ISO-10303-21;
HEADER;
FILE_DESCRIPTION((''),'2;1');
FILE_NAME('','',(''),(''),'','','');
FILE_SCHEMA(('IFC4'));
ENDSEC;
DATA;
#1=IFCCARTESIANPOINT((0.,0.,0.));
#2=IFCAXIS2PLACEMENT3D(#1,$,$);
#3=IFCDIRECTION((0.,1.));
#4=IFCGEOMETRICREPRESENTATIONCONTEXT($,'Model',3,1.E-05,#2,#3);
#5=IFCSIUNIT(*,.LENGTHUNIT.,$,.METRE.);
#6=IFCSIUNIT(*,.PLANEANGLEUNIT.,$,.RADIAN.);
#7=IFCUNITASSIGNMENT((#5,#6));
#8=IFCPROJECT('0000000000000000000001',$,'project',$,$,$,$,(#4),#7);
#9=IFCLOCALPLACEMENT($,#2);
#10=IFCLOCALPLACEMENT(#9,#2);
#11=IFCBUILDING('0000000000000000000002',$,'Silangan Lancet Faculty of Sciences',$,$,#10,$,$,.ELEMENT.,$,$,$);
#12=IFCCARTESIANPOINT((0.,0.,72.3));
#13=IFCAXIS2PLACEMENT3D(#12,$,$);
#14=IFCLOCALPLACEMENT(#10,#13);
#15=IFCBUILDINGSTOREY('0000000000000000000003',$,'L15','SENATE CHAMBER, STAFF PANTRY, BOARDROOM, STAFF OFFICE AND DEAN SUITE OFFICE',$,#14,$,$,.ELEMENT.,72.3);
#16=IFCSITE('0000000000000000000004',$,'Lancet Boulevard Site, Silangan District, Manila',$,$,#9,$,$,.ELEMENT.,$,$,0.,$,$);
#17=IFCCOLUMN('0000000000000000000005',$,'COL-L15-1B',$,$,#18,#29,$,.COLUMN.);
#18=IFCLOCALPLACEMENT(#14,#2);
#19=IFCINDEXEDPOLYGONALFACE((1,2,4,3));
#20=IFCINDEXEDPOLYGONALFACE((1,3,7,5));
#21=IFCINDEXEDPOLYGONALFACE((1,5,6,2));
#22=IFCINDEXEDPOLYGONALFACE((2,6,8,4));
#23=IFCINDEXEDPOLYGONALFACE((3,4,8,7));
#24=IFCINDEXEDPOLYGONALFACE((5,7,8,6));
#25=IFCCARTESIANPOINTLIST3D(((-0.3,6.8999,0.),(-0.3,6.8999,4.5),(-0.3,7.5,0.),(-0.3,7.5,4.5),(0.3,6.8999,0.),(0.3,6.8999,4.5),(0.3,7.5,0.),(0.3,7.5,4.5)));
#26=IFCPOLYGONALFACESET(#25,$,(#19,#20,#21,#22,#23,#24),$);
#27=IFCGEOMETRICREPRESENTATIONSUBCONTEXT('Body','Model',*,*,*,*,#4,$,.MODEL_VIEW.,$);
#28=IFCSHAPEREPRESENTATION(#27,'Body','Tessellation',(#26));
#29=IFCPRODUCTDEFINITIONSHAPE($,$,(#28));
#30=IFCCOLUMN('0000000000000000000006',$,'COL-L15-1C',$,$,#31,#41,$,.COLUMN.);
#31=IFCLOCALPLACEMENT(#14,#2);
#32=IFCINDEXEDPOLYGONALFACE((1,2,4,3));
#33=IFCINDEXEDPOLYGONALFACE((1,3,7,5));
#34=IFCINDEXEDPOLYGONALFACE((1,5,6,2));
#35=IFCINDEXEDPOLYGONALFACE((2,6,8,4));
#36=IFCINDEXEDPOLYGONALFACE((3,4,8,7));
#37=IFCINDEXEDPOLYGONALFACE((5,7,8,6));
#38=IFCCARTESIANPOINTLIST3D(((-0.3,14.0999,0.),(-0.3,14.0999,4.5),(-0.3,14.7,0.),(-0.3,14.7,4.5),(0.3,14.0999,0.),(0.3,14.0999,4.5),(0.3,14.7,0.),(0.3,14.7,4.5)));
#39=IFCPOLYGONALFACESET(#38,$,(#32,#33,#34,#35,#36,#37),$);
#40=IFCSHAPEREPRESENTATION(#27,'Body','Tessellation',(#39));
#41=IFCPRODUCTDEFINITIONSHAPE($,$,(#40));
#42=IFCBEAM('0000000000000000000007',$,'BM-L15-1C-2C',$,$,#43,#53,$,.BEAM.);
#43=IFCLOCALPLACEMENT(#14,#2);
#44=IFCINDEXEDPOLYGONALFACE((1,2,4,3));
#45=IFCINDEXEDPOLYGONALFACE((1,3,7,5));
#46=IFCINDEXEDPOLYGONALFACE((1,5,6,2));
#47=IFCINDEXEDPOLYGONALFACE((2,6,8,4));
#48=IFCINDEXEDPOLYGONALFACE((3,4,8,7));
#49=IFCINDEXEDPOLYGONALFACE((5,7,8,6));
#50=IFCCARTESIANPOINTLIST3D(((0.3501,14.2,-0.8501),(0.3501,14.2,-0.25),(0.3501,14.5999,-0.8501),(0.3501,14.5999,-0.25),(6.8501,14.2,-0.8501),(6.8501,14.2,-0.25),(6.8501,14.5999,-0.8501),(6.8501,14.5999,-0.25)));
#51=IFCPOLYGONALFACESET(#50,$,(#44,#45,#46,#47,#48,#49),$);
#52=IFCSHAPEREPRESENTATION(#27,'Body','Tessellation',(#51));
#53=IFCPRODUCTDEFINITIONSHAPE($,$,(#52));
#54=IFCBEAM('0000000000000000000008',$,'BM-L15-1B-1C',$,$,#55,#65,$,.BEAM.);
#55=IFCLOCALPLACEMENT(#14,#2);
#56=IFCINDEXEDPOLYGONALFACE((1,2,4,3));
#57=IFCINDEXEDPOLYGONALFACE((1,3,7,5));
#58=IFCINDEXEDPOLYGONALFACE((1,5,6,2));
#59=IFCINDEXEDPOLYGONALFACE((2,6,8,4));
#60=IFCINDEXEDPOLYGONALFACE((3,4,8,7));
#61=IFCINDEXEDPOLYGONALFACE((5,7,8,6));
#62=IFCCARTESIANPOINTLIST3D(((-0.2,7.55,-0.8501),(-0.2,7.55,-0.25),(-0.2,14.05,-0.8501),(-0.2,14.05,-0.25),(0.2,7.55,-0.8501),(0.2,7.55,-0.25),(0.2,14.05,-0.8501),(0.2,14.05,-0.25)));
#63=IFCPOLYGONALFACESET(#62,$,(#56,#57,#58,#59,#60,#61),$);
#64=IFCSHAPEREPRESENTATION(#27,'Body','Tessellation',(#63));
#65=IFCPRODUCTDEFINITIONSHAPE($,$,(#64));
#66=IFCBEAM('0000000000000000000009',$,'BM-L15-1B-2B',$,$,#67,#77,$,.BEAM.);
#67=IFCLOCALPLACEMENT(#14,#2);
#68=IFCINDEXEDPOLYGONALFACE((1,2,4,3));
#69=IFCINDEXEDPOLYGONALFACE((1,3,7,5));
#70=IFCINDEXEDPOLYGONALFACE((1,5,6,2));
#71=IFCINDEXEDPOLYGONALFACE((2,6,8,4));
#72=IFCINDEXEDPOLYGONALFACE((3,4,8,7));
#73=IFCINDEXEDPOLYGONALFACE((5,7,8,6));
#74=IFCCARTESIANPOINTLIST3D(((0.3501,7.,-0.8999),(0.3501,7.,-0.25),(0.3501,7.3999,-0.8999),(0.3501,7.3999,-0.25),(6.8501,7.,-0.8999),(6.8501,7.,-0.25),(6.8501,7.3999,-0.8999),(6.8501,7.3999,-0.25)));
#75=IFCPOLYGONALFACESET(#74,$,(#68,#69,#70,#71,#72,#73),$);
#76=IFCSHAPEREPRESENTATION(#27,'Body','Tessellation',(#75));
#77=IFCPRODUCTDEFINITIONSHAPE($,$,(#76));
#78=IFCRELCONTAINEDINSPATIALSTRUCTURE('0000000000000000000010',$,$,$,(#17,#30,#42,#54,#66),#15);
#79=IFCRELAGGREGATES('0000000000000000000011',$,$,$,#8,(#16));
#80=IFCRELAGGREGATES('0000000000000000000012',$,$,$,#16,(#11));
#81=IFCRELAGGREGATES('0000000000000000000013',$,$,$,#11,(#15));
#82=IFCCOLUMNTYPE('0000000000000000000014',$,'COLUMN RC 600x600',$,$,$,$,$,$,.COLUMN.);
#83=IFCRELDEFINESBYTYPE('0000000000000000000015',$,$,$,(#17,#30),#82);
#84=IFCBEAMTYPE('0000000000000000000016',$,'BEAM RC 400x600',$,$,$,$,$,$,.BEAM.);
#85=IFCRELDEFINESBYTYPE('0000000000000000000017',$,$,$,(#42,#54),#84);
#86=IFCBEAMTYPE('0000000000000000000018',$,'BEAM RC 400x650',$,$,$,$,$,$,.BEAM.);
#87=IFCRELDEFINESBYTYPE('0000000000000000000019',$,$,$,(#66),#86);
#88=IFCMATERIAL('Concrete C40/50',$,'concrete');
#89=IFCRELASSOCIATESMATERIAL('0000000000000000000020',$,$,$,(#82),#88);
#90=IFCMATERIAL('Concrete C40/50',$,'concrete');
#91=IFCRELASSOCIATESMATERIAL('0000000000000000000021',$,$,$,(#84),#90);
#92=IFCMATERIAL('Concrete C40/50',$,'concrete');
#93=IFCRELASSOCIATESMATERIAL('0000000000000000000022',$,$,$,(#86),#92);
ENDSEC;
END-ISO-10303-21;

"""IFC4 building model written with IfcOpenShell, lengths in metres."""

from ifc_helpers import new_model, si_unit, direction, frame, origin, origin_2d, place, context, subcontext, project, spatial, rectangle, extrude, material, material_profile, profile_set, type_object, element, save


model = new_model("IFC4")

# Units and contexts
model_context = context("Model", 3, precision=1e-05, world=origin(), true_north=direction((0.0, 1.0)))
body_context = subcontext(model_context, "Body", "Model", "MODEL_VIEW")
ifc_project = project(units=[si_unit("LENGTHUNIT", "METRE"), si_unit("PLANEANGLEUNIT", "RADIAN")], contexts=[model_context])

# Site, building, storey
site_placement = place(None, origin())
site = spatial("IfcSite", under=ifc_project, at=site_placement, Name="Lancet Boulevard Site, Silangan District, Manila", CompositionType="ELEMENT", RefElevation=0.0)
building_placement = place(site_placement, origin())
building = spatial("IfcBuilding", under=site, at=building_placement, Name="Silangan Lancet Faculty of Sciences", CompositionType="ELEMENT")
storey_placement = place(building_placement, frame((0.0, 0.0, 72.3)))
storey = spatial("IfcBuildingStorey", under=building, at=storey_placement, Name="L15", Description="SENATE CHAMBER, STAFF PANTRY, BOARDROOM, STAFF OFFICE AND DEAN SUITE OFFICE", CompositionType="ELEMENT", Elevation=72.3)

# Columns
ifc_material_1 = material(Name="Concrete C40/50", Category="concrete")
ifc_material_profile_1 = material_profile(ifc_material_1, rectangle(XDim=0.6001, YDim=0.6001, at=origin_2d()), Name="RC 600x600")
ifc_profile_set_1 = profile_set([ifc_material_profile_1], Name="Concrete C40/50")
column_type = type_object("IfcColumnType", Name="COLUMN RC 600x600", PredefinedType="COLUMN", material=ifc_profile_set_1)
for number, where, z_axis, x_axis, name in (
    (1, (0.0, 7.2, 0.0), (0.0, 0.0, 1.0), (1.0, 0.0, 0.0), "COL-L15-1B"),
    (2, (0.0, 14.3999, 0.0), (0.0, 0.0, 1.0), (1.0, 0.0, 0.0), "COL-L15-1C"),
):
    element("IfcColumn", number, at=place(storey_placement, frame(where, z_axis=z_axis, x_axis=x_axis)), inside=storey, type_object=column_type, Name=name, PredefinedType="COLUMN", context=body_context, shape_type="SweptSolid", body=[
        extrude(rectangle(XDim=0.6001, YDim=0.6001, at=origin_2d()), origin(), (0.0, 0.0, 1.0), 4.5),
    ])

# Beams
ifc_material_2 = material(Name="Concrete C40/50", Category="concrete")
ifc_material_profile_2 = material_profile(ifc_material_2, rectangle(XDim=0.3999, YDim=0.6001, at=origin_2d()), Name="RC 400x600")
ifc_profile_set_2 = profile_set([ifc_material_profile_2], Name="Concrete C40/50")
beam_type_1 = type_object("IfcBeamType", Name="BEAM RC 400x600", PredefinedType="BEAM", material=ifc_profile_set_2)
for number, where, z_axis, x_axis, name in (
    (3, (0.3501, 14.3999, -0.55), (1.0, 0.0, 0.0), (0.0, 1.0, 0.0), "BM-L15-1C-2C"),
    (4, (0.0, 7.55, -0.55), (0.0, 1.0, 0.0), (-1.0, 0.0, 0.0), "BM-L15-1B-1C"),
):
    element("IfcBeam", number, at=place(storey_placement, frame(where, z_axis=z_axis, x_axis=x_axis)), inside=storey, type_object=beam_type_1, Name=name, PredefinedType="BEAM", context=body_context, shape_type="SweptSolid", body=[
        extrude(rectangle(XDim=0.3999, YDim=0.6001, at=origin_2d()), origin(), (0.0, 0.0, 1.0), 6.5),
    ])
ifc_material_3 = material(Name="Concrete C40/50", Category="concrete")
ifc_material_profile_3 = material_profile(ifc_material_3, rectangle(XDim=0.3999, YDim=0.6499, at=origin_2d()), Name="RC 400x650")
ifc_profile_set_3 = profile_set([ifc_material_profile_3], Name="Concrete C40/50")
beam_type_2 = type_object("IfcBeamType", Name="BEAM RC 400x650", PredefinedType="BEAM", material=ifc_profile_set_3)
beam_placement = place(storey_placement, frame((0.3501, 7.2, -0.575), z_axis=(1.0, 0.0, 0.0), x_axis=(0.0, 1.0, 0.0)))
element("IfcBeam", 5, at=beam_placement, inside=storey, type_object=beam_type_2, Name="BM-L15-1B-2B", PredefinedType="BEAM", context=body_context, shape_type="SweptSolid", body=[
    extrude(rectangle(XDim=0.3999, YDim=0.6499, at=origin_2d()), origin(), (0.0, 0.0, 1.0), 6.5),
])

save(model, "model.ifc")
